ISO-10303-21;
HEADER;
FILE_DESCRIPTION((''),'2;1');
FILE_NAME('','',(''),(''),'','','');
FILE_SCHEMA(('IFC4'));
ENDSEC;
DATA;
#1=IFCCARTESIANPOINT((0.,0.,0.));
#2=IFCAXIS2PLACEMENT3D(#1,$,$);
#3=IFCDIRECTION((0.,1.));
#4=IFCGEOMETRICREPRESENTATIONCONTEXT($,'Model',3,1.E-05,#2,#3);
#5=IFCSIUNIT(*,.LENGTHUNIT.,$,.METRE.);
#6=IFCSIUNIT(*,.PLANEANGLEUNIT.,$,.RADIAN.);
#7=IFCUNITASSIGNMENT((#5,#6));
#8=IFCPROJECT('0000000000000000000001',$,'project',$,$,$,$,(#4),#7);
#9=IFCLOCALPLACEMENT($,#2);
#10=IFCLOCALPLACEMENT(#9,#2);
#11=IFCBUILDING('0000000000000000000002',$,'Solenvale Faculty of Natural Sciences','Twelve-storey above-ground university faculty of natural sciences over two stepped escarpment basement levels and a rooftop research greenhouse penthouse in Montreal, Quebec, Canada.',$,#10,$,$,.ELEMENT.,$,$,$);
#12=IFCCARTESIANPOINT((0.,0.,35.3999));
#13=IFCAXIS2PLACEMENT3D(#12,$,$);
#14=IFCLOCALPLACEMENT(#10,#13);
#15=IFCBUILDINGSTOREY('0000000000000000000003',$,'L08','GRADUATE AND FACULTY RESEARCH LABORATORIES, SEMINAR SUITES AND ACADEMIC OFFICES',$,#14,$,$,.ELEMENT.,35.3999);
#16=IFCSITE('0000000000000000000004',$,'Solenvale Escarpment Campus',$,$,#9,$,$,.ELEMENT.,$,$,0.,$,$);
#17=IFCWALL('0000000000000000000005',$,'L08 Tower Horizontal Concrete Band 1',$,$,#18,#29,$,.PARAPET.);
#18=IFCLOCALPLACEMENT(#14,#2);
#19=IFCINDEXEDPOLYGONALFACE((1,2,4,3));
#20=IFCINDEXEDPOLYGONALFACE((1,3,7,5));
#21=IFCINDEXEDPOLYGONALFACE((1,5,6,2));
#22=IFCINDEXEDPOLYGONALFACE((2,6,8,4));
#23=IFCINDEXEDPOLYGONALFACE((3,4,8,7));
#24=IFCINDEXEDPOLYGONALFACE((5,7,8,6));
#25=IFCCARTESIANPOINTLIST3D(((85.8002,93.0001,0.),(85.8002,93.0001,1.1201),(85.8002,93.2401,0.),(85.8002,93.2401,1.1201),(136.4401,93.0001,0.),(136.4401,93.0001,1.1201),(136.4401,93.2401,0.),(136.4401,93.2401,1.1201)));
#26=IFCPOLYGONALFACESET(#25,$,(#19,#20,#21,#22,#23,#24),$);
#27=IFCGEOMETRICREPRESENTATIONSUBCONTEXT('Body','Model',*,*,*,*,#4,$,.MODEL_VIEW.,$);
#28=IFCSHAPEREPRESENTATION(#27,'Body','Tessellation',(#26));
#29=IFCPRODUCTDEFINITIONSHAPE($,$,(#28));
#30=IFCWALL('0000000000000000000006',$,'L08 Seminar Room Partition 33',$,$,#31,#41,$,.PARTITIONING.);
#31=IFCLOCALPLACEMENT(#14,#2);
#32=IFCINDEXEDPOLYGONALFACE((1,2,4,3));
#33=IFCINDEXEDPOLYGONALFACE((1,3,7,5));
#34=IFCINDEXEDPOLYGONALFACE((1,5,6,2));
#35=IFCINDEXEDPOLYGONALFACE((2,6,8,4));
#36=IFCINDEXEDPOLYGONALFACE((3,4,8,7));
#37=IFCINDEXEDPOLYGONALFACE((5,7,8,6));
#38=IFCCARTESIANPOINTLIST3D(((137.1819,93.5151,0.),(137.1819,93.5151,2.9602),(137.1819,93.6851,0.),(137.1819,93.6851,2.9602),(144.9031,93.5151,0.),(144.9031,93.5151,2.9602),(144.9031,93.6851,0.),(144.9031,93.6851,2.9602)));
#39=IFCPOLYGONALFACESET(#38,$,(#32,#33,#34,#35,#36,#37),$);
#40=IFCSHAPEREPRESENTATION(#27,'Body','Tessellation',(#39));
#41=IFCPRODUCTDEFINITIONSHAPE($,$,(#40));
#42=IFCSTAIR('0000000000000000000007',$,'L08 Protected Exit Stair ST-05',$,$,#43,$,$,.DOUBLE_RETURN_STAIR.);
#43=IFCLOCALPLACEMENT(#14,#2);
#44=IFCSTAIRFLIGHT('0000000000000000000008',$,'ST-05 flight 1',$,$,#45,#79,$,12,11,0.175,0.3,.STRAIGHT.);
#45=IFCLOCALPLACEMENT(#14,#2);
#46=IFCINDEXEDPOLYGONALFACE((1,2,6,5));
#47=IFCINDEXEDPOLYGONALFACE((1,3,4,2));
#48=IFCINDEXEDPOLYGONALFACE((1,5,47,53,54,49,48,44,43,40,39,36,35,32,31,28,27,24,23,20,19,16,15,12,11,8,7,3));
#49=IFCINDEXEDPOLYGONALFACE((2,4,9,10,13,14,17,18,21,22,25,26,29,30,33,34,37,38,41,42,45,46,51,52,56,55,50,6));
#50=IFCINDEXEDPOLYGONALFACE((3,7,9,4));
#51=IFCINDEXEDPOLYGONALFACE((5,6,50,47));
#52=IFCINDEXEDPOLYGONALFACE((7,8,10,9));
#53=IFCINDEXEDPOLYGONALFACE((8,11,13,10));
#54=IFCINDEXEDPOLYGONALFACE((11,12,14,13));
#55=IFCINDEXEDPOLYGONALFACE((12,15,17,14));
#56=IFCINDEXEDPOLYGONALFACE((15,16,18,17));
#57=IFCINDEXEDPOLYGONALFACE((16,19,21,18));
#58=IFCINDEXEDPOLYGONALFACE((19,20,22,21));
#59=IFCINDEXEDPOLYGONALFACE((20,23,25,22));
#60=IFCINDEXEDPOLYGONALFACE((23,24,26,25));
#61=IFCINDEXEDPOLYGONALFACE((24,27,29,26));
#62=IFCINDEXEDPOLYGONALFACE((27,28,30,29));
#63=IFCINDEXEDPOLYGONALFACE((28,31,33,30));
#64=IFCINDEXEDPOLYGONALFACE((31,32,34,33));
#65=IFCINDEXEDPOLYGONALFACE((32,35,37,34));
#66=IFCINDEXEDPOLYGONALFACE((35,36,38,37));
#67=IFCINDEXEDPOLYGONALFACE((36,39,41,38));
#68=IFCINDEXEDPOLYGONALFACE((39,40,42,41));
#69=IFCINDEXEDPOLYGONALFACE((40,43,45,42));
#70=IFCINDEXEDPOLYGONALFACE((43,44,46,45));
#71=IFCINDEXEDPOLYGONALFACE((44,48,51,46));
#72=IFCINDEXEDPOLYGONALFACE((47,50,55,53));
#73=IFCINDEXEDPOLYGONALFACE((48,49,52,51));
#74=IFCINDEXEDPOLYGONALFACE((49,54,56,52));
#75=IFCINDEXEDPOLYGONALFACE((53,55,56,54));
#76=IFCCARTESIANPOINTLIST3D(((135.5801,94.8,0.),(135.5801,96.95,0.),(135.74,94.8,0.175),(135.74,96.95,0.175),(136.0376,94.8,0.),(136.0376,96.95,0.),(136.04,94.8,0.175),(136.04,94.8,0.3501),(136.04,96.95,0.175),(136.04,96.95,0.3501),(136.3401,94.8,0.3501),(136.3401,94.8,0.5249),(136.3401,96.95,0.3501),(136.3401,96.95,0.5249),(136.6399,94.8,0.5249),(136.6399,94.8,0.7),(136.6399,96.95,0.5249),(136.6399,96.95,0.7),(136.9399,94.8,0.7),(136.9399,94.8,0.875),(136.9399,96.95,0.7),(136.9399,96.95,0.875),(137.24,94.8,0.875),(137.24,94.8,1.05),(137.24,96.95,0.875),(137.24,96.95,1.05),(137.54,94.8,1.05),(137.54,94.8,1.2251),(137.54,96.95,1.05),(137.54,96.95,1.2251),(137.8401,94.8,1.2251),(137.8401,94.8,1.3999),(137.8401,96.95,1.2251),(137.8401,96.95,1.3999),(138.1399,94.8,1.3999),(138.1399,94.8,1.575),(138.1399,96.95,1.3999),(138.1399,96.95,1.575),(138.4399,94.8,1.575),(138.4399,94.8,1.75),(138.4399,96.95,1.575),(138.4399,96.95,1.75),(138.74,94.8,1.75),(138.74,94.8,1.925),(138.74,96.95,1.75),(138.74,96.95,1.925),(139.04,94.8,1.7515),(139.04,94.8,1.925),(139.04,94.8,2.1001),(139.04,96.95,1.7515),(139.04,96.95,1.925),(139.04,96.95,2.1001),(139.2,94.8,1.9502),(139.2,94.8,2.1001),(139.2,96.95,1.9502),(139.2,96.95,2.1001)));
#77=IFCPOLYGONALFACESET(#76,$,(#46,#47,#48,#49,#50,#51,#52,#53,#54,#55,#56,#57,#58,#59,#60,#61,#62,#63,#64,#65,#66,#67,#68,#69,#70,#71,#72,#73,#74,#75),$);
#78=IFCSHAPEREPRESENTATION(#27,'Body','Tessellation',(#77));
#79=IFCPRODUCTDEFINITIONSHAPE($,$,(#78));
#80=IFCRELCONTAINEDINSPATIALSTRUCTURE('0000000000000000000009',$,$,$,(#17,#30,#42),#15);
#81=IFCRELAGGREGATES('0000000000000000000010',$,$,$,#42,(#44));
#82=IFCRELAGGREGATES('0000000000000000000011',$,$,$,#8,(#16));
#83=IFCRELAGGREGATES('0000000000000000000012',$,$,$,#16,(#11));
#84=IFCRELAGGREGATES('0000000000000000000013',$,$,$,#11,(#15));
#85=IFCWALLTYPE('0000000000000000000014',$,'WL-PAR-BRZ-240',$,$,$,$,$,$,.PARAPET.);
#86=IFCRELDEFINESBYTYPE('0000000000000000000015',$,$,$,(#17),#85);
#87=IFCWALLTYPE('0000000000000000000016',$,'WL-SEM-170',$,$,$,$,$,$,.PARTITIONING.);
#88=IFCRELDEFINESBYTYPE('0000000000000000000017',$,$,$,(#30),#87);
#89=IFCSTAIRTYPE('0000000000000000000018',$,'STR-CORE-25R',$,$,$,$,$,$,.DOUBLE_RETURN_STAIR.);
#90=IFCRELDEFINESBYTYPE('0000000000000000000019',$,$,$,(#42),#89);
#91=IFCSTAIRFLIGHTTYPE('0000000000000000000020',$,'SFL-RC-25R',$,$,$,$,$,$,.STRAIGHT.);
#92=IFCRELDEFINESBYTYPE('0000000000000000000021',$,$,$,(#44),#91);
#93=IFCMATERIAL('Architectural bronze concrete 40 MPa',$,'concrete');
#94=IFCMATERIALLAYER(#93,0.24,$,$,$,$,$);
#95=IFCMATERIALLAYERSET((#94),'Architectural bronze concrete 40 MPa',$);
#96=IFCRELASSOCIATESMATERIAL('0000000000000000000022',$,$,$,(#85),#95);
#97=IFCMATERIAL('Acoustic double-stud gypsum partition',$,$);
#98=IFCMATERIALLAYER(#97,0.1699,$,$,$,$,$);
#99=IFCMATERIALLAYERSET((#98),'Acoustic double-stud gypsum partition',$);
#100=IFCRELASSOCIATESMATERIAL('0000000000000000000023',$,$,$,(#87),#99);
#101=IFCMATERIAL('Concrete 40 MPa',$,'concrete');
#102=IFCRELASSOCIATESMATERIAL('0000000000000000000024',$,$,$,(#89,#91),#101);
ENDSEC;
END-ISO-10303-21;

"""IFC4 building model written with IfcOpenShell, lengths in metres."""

from ifc_helpers import new_model, si_unit, direction, frame, frame_2d, origin, place, context, subcontext, project, spatial, polyline, rectangle, outline, extrude, material, layer, layer_set, type_object, element, aggregate, save


model = new_model("IFC4")

# Units and contexts
model_context = context("Model", 3, precision=1e-05, world=origin(), true_north=direction((0.0, 1.0)))
body_context = subcontext(model_context, "Body", "Model", "MODEL_VIEW")
ifc_project = project(units=[si_unit("LENGTHUNIT", "METRE"), si_unit("PLANEANGLEUNIT", "RADIAN")], contexts=[model_context])

# Site, building, storey
site_placement = place(None, origin())
site = spatial("IfcSite", under=ifc_project, at=site_placement, Name="Solenvale Escarpment Campus", CompositionType="ELEMENT", RefElevation=0.0)
building_placement = place(site_placement, origin())
building = spatial("IfcBuilding", under=site, at=building_placement, Name="Solenvale Faculty of Natural Sciences", Description="Twelve-storey above-ground university faculty of natural sciences over two stepped escarpment basement levels and a rooftop research greenhouse penthouse in Montreal, Quebec, Canada.", CompositionType="ELEMENT")
storey_placement = place(building_placement, frame((0.0, 0.0, 35.3999)))
storey = spatial("IfcBuildingStorey", under=building, at=storey_placement, Name="L08", Description="GRADUATE AND FACULTY RESEARCH LABORATORIES, SEMINAR SUITES AND ACADEMIC OFFICES", CompositionType="ELEMENT", Elevation=35.3999)

# Shared definitions
ifc_material_1 = material(Name="Concrete 40 MPa", Category="concrete")

# Walls
ifc_material_2 = material(Name="Architectural bronze concrete 40 MPa", Category="concrete")
ifc_layer_1 = layer(ifc_material_2, 0.24)
ifc_layer_set_1 = layer_set([ifc_layer_1], Name="Architectural bronze concrete 40 MPa")
wall_type_1 = type_object("IfcWallType", Name="WL-PAR-BRZ-240", PredefinedType="PARAPET", material=ifc_layer_set_1)
wall_1_placement = place(storey_placement, frame((136.4399, 93.1201, 0.0), z_axis=(0.0, 0.0, 1.0), x_axis=(-1.0, 0.0, 0.0)))
element("IfcWall", 1, at=wall_1_placement, inside=storey, type_object=wall_type_1, Name="L08 Tower Horizontal Concrete Band 1", PredefinedType="PARAPET", context=body_context, shape_type="SweptSolid", body=[
    extrude(rectangle(XDim=50.6399, YDim=0.24, at=frame_2d((25.3198, 0.0))), origin(), (0.0, 0.0, 1.0), 1.1201),
])
ifc_material_3 = material(Name="Acoustic double-stud gypsum partition")
ifc_layer_2 = layer(ifc_material_3, 0.1699)
ifc_layer_set_2 = layer_set([ifc_layer_2], Name="Acoustic double-stud gypsum partition")
wall_type_2 = type_object("IfcWallType", Name="WL-SEM-170", PredefinedType="PARTITIONING", material=ifc_layer_set_2)
wall_2_placement = place(storey_placement, frame((137.1819, 93.6001, 0.0), z_axis=(0.0, 0.0, 1.0), x_axis=(1.0, 0.0, 0.0)))
element("IfcWall", 2, at=wall_2_placement, inside=storey, type_object=wall_type_2, Name="L08 Seminar Room Partition 33", PredefinedType="PARTITIONING", context=body_context, shape_type="SweptSolid", body=[
    extrude(rectangle(XDim=7.7212, YDim=0.1699, at=frame_2d((3.8606, 0.0))), origin(), (0.0, 0.0, 1.0), 2.9602),
])

# Stair, stair flight
stair_type = type_object("IfcStairType", Name="STR-CORE-25R", PredefinedType="DOUBLE_RETURN_STAIR", material=ifc_material_1)
stair_placement = place(storey_placement, origin())
stair = element("IfcStair", 3, at=stair_placement, inside=storey, type_object=stair_type, Name="L08 Protected Exit Stair ST-05", PredefinedType="DOUBLE_RETURN_STAIR")
stair_flight_type = type_object("IfcStairFlightType", Name="SFL-RC-25R", PredefinedType="STRAIGHT", material=ifc_material_1)
stair_flight_placement = place(storey_placement, frame((135.74, 95.875, 0.0), z_axis=(0.0, 0.0, 1.0), x_axis=(1.0, 0.0, 0.0)))
stair_flight = element("IfcStairFlight", 4, at=stair_flight_placement, type_object=stair_flight_type, Name="ST-05 flight 1", NumberOfRisers=12, NumberOfTreads=11, PredefinedType="STRAIGHT", RiserHeight=0.175, TreadLength=0.3, context=body_context, shape_type="SweptSolid", body=[
    extrude(outline(polyline([(-0.1599, 0.0), (0.0, 0.175), (0.3, 0.175), (0.3, 0.3501), (0.6001, 0.3501), (0.6001, 0.5249), (0.8999, 0.5249), (0.8999, 0.7), (1.2, 0.7), (1.2, 0.875), (1.5, 0.875), (1.5, 1.05), (1.8, 1.05), (1.8, 1.2251), (2.1001, 1.2251), (2.1001, 1.3999), (2.3999, 1.3999), (2.3999, 1.575), (2.7, 1.575), (2.7, 1.75), (3.0, 1.75), (3.0, 1.925), (3.3, 1.925), (3.3, 2.1001), (3.46, 2.1001), (3.46, 1.9502), (3.3, 1.7515), (0.2976, 0.0), (-0.1599, 0.0)])), frame((0.0, 1.075, 0.0), z_axis=(0.0, -1.0, 0.0), x_axis=(1.0, 0.0, 0.0)), (0.0, 0.0, 1.0), 2.1499),
])
aggregate(stair, [stair_flight])

save(model, "model.ifc")
